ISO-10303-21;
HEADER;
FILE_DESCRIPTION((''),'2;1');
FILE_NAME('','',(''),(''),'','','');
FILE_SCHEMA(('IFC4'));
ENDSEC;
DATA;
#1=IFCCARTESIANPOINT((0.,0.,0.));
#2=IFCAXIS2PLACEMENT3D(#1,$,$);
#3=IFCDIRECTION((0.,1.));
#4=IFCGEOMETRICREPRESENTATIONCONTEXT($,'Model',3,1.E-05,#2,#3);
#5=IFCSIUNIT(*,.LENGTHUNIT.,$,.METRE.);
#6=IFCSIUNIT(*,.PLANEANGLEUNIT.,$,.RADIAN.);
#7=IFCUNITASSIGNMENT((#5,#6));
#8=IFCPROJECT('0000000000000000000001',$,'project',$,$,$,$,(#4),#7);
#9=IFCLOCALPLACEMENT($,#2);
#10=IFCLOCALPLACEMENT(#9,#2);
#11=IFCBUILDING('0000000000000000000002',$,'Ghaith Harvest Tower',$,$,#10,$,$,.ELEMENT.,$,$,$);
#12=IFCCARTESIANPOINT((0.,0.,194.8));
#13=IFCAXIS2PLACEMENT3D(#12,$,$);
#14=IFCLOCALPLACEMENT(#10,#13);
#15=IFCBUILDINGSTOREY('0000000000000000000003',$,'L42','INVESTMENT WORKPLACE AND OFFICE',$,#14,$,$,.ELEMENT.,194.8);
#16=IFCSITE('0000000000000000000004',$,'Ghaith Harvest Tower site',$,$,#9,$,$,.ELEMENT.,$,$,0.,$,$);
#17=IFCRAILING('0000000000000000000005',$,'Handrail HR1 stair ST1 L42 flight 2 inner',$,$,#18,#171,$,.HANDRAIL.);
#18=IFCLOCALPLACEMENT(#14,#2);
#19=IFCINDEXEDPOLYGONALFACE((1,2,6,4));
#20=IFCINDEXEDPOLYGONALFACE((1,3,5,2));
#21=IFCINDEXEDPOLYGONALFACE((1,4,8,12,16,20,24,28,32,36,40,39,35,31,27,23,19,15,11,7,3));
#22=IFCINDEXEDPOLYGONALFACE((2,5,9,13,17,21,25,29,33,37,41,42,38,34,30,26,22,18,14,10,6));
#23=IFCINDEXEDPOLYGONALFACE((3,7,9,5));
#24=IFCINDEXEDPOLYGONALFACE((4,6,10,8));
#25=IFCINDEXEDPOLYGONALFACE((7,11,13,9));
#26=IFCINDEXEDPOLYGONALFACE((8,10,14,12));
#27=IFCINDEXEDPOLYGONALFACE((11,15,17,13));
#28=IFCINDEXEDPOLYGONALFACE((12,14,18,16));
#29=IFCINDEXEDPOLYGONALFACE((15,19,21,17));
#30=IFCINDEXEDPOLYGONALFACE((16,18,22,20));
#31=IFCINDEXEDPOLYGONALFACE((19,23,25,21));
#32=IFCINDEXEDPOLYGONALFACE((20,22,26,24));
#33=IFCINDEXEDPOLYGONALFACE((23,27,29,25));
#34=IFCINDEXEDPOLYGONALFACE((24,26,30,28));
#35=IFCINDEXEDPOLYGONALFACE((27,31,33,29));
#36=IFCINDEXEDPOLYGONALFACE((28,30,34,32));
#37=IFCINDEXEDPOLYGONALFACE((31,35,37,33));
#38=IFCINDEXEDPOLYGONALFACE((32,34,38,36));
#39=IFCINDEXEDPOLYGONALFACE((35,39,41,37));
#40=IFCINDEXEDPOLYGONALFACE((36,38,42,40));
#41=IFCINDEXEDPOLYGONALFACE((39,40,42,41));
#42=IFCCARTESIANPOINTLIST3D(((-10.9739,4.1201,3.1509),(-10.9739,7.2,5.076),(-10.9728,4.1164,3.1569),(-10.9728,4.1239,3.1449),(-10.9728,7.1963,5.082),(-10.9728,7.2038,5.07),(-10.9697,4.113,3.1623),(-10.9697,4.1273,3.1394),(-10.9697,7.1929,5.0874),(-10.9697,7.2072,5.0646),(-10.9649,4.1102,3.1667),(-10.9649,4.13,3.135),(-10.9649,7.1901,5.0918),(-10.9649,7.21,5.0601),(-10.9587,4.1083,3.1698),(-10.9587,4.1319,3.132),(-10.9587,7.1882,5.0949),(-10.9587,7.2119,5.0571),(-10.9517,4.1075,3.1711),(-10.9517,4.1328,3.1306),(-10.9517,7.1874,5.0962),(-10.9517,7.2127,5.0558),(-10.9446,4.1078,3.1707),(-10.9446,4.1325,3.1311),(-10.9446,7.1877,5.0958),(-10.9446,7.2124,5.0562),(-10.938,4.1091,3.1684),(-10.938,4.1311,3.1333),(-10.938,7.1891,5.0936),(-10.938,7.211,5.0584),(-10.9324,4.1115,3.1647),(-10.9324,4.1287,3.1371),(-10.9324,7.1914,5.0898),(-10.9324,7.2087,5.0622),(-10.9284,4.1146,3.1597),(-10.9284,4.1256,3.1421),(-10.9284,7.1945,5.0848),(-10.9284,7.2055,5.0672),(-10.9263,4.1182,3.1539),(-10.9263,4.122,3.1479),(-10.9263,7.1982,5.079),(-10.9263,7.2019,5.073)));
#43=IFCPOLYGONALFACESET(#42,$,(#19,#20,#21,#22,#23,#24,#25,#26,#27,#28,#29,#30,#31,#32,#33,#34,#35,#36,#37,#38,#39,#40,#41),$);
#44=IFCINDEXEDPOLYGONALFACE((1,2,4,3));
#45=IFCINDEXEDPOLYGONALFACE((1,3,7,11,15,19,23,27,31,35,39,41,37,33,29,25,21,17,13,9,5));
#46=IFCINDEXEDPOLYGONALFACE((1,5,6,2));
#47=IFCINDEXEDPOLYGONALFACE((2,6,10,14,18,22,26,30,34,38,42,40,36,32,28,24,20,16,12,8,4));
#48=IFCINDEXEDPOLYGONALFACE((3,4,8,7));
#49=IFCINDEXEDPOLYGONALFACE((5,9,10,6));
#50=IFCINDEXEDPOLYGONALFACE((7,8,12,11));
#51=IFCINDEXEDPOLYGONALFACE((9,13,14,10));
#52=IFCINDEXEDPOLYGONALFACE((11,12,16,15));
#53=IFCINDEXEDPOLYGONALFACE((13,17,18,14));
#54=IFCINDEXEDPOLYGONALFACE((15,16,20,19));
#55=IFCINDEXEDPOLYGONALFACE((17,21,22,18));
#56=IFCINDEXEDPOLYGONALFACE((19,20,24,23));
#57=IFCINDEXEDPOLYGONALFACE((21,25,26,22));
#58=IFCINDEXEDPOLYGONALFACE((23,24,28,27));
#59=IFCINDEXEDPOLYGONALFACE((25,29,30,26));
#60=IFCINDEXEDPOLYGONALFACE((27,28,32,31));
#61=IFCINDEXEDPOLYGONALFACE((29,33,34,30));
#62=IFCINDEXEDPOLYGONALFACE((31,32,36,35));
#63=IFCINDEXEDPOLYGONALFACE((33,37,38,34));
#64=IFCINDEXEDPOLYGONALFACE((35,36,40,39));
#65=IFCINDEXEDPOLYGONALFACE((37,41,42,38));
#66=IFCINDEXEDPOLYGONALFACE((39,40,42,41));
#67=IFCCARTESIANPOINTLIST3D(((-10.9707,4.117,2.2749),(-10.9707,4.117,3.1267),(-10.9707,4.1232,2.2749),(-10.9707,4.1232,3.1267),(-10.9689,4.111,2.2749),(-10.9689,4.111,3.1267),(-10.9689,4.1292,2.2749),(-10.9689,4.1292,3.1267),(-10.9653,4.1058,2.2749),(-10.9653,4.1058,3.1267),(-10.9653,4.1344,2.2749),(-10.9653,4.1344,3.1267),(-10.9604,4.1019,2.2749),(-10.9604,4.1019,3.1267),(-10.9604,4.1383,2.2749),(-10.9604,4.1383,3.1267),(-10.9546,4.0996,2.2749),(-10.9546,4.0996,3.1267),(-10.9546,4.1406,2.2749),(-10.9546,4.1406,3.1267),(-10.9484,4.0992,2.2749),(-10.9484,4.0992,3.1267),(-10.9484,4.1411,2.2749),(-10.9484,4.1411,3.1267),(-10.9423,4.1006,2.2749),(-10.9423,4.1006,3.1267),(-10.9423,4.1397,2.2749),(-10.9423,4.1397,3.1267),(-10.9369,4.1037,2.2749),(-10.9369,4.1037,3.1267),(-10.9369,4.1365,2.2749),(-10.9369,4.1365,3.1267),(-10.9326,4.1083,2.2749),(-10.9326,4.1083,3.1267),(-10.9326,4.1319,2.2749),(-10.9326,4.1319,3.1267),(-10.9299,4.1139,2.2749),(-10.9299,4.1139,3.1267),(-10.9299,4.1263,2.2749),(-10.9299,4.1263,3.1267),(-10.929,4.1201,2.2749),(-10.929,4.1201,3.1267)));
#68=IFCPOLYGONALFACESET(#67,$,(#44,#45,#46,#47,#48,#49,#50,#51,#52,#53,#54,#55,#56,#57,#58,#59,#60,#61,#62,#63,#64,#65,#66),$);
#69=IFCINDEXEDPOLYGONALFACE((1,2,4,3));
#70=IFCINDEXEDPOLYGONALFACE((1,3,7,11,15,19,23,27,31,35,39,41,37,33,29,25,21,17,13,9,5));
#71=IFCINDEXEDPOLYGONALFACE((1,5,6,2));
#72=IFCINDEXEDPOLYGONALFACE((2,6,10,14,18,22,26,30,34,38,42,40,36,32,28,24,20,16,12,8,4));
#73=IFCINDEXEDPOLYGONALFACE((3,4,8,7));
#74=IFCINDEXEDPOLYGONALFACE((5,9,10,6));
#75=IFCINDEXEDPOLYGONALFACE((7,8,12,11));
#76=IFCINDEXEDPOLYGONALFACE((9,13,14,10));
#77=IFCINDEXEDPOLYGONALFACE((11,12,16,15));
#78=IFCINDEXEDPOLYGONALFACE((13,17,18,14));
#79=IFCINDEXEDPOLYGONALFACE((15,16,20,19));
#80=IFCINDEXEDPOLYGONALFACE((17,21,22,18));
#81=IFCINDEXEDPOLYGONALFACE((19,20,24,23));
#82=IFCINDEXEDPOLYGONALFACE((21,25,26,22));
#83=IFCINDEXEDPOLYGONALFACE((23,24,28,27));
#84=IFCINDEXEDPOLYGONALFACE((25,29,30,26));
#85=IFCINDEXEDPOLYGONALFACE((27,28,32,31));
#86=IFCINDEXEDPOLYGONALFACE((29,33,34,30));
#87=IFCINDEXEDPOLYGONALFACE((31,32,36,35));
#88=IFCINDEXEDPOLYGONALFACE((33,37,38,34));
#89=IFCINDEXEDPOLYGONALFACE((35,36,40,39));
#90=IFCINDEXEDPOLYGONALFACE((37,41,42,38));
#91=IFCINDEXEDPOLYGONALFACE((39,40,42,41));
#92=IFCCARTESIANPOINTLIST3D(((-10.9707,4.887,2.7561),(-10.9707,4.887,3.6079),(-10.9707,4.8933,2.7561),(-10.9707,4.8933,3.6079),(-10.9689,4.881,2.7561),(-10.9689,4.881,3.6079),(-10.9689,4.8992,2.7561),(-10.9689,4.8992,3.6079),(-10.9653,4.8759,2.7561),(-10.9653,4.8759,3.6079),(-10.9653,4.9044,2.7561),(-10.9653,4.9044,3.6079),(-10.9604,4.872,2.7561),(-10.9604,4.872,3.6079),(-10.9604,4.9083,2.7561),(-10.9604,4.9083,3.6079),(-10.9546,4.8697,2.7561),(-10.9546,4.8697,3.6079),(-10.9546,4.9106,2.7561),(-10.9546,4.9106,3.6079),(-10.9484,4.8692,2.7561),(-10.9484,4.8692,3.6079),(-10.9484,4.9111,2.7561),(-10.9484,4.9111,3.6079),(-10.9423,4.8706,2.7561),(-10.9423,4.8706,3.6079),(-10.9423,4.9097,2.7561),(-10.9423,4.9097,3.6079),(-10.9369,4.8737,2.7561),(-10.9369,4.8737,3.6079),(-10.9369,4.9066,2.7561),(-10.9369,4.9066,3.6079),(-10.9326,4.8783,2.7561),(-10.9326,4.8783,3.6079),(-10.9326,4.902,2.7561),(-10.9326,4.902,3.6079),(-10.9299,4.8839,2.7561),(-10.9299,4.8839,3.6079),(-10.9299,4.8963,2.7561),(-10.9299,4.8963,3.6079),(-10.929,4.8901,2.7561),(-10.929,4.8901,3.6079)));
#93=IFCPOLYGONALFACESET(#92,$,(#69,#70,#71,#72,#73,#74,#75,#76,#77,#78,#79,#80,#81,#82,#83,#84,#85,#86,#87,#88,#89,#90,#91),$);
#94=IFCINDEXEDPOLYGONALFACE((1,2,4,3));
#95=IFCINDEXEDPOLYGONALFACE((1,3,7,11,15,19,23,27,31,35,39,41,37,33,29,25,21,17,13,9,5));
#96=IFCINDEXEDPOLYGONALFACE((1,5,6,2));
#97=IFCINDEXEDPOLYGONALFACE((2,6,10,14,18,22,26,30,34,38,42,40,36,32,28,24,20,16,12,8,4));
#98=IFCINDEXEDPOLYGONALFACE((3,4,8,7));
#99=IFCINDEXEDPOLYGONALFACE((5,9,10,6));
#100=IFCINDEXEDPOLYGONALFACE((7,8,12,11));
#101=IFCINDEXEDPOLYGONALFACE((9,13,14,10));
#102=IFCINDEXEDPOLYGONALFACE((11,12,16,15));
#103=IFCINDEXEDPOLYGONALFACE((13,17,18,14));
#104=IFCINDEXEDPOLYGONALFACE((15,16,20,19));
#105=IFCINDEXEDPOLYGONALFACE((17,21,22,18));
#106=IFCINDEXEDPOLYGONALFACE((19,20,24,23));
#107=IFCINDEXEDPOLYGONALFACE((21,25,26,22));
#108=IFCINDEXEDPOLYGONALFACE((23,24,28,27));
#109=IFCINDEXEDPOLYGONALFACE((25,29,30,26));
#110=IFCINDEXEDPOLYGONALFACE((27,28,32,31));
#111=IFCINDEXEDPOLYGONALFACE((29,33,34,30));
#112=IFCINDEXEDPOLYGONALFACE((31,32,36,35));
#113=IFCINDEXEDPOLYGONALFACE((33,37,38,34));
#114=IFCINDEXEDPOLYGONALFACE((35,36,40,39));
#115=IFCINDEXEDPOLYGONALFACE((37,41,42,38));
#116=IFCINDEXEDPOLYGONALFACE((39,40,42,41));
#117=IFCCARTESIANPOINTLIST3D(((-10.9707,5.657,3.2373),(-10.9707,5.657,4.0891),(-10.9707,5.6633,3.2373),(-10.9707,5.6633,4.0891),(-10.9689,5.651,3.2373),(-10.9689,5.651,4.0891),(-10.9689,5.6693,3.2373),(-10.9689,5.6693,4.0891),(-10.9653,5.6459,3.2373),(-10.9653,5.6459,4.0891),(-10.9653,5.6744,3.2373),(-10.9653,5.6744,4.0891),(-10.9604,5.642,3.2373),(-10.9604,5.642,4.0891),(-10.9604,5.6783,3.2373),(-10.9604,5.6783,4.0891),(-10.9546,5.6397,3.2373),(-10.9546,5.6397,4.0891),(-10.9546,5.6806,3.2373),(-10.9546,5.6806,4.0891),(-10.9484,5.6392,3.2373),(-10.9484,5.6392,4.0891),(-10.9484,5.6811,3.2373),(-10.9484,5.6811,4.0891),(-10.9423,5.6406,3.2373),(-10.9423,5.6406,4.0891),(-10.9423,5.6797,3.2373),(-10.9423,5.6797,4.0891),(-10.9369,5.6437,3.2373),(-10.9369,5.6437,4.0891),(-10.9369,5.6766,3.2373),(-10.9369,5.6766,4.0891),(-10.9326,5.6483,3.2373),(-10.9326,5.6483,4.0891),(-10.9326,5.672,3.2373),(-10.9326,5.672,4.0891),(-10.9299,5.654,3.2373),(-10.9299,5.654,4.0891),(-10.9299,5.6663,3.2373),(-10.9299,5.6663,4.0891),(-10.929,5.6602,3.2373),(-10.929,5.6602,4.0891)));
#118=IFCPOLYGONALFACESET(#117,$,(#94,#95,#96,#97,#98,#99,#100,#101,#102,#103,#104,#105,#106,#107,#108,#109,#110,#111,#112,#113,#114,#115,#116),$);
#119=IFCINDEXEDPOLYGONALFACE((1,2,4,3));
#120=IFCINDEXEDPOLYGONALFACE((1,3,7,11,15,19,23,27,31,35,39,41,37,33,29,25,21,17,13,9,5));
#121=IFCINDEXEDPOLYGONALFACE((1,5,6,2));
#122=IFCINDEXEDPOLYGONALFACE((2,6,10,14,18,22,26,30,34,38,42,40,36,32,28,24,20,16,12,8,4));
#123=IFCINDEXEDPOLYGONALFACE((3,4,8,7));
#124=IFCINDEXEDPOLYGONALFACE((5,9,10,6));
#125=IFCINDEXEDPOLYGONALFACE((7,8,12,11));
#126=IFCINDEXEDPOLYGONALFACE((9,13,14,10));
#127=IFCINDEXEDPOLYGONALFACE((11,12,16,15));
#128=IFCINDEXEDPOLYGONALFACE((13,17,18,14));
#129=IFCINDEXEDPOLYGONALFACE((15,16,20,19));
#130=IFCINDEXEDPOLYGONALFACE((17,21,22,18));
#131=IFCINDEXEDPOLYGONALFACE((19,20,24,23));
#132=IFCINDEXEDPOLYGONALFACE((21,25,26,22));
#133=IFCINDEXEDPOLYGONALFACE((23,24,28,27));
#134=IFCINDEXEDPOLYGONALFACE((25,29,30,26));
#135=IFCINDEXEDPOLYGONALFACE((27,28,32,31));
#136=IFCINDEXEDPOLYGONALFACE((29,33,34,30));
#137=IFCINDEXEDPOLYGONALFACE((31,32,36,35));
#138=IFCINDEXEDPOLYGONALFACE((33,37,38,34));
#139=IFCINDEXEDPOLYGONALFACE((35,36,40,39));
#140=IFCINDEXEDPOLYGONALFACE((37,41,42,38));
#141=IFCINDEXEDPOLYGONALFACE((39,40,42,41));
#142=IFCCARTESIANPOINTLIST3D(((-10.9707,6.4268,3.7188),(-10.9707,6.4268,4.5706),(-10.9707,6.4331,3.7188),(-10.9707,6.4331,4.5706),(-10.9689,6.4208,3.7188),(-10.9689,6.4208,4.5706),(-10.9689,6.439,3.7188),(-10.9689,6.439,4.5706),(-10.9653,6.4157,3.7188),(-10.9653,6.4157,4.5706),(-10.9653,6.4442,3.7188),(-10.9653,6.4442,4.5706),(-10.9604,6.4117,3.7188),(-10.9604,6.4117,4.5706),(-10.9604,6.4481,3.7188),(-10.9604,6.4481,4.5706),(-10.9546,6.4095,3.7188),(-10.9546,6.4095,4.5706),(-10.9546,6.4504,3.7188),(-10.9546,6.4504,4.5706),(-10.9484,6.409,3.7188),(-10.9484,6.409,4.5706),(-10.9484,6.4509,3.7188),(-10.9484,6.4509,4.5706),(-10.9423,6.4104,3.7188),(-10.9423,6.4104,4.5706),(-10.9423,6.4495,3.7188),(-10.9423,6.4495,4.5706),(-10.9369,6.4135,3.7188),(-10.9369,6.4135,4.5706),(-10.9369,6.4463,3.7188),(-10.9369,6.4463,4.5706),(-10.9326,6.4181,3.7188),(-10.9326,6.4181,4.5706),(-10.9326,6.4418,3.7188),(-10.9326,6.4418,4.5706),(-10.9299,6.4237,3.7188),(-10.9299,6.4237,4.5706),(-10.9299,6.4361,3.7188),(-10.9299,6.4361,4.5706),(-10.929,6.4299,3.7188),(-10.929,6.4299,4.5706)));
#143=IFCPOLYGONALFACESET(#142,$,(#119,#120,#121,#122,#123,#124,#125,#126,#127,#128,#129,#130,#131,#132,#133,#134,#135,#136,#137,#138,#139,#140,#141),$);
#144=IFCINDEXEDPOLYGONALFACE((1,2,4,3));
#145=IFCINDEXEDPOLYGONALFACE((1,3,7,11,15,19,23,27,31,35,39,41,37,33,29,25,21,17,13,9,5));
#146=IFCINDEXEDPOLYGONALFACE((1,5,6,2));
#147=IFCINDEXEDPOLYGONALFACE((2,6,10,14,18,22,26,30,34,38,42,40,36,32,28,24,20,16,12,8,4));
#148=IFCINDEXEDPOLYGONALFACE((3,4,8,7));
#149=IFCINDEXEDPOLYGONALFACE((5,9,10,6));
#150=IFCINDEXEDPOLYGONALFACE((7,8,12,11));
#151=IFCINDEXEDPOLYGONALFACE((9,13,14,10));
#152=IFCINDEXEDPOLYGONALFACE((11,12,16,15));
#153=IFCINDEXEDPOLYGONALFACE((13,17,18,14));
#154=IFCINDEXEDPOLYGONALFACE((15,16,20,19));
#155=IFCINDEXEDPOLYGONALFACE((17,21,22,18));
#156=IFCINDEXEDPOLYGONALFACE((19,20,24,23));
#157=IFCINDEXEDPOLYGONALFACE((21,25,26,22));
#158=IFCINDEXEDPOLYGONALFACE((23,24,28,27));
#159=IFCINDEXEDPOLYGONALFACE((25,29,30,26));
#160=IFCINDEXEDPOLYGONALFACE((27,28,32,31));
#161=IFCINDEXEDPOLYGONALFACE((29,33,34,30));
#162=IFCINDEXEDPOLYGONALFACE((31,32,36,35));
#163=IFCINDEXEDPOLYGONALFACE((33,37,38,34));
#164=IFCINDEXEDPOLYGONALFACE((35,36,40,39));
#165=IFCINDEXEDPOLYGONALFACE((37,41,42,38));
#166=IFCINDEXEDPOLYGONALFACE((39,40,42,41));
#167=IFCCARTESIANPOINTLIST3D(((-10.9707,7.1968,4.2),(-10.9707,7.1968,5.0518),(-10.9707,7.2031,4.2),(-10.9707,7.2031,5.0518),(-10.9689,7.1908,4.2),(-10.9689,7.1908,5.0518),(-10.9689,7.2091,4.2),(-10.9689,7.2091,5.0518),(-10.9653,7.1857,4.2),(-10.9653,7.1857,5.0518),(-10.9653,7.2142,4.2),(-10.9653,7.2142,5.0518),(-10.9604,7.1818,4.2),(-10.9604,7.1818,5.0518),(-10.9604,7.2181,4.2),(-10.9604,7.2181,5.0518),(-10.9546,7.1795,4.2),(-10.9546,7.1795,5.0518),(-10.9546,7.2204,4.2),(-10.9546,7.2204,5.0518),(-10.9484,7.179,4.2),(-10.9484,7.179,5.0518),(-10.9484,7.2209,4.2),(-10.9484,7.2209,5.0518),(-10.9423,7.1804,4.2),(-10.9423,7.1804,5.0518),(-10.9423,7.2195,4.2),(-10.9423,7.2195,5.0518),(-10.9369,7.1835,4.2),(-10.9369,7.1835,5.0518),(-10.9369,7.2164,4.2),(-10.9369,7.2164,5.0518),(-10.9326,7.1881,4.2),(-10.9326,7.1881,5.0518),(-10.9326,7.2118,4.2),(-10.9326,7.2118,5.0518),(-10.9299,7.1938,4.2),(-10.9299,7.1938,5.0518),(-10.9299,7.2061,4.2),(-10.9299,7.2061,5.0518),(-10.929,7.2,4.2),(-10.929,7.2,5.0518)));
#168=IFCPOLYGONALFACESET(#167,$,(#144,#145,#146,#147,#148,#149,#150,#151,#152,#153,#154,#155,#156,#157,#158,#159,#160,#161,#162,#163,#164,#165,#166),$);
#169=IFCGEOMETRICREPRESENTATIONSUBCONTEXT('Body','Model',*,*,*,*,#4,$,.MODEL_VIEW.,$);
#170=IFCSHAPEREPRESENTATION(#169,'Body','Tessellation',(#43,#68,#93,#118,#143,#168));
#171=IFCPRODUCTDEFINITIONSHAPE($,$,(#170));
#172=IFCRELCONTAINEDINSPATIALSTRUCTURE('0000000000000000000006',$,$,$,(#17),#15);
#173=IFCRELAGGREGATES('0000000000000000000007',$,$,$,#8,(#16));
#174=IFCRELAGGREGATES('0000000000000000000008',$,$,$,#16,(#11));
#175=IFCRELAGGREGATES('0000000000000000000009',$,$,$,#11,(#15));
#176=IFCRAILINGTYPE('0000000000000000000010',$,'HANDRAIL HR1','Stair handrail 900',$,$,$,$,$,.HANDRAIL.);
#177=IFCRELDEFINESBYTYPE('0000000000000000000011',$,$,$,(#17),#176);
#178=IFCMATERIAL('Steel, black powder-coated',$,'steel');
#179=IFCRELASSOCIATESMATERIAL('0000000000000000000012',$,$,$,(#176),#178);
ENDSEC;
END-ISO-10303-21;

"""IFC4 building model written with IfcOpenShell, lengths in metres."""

from ifc_helpers import new_model, si_unit, direction, frame, origin, origin_2d, place, context, subcontext, project, spatial, circle, extrude, material, type_object, element, save


model = new_model("IFC4")

# Units and contexts
model_context = context("Model", 3, precision=1e-05, world=origin(), true_north=direction((0.0, 1.0)))
body_context = subcontext(model_context, "Body", "Model", "MODEL_VIEW")
ifc_project = project(units=[si_unit("LENGTHUNIT", "METRE"), si_unit("PLANEANGLEUNIT", "RADIAN")], contexts=[model_context])

# Site, building, storey
site_placement = place(None, origin())
site = spatial("IfcSite", under=ifc_project, at=site_placement, Name="Ghaith Harvest Tower site", CompositionType="ELEMENT", RefElevation=0.0)
building_placement = place(site_placement, origin())
building = spatial("IfcBuilding", under=site, at=building_placement, Name="Ghaith Harvest Tower", CompositionType="ELEMENT")
storey_placement = place(building_placement, frame((0.0, 0.0, 194.8)))
storey = spatial("IfcBuildingStorey", under=building, at=storey_placement, Name="L42", Description="INVESTMENT WORKPLACE AND OFFICE", CompositionType="ELEMENT", Elevation=194.8)

# Railing
ifc_material_1 = material(Name="Steel, black powder-coated", Category="steel")
railing_type = type_object("IfcRailingType", Name="HANDRAIL HR1", Description="Stair handrail 900", PredefinedType="HANDRAIL", material=ifc_material_1)
railing_1_placement = place(storey_placement, frame((-10.95, 4.1201, 2.2749)))
element("IfcRailing", 1, at=railing_1_placement, inside=storey, type_object=railing_type, Name="Handrail HR1 stair ST1 L42 flight 2 inner", PredefinedType="HANDRAIL", context=body_context, shape_type="SweptSolid", body=[
    extrude(circle(Radius=0.0239, at=origin_2d()), frame((0.0, 0.0, 0.876), z_axis=(0.0, 0.847979, 0.530029), x_axis=(-1.0, 0.0, 0.0)), (0.0, 0.0, 1.0), 3.6321),
    extrude(circle(Radius=0.021, at=origin_2d()), origin(), (0.0, 0.0, 1.0), 0.8518),
    extrude(circle(Radius=0.021, at=origin_2d()), frame((0.0, 0.77, 0.4812)), (0.0, 0.0, 1.0), 0.8518),
    extrude(circle(Radius=0.021, at=origin_2d()), frame((0.0, 1.54, 0.9624)), (0.0, 0.0, 1.0), 0.8518),
    extrude(circle(Radius=0.021, at=origin_2d()), frame((0.0, 2.3098, 1.4438)), (0.0, 0.0, 1.0), 0.8518),
    extrude(circle(Radius=0.021, at=origin_2d()), frame((0.0, 3.0798, 1.925)), (0.0, 0.0, 1.0), 0.8518),
])

save(model, "model.ifc")
